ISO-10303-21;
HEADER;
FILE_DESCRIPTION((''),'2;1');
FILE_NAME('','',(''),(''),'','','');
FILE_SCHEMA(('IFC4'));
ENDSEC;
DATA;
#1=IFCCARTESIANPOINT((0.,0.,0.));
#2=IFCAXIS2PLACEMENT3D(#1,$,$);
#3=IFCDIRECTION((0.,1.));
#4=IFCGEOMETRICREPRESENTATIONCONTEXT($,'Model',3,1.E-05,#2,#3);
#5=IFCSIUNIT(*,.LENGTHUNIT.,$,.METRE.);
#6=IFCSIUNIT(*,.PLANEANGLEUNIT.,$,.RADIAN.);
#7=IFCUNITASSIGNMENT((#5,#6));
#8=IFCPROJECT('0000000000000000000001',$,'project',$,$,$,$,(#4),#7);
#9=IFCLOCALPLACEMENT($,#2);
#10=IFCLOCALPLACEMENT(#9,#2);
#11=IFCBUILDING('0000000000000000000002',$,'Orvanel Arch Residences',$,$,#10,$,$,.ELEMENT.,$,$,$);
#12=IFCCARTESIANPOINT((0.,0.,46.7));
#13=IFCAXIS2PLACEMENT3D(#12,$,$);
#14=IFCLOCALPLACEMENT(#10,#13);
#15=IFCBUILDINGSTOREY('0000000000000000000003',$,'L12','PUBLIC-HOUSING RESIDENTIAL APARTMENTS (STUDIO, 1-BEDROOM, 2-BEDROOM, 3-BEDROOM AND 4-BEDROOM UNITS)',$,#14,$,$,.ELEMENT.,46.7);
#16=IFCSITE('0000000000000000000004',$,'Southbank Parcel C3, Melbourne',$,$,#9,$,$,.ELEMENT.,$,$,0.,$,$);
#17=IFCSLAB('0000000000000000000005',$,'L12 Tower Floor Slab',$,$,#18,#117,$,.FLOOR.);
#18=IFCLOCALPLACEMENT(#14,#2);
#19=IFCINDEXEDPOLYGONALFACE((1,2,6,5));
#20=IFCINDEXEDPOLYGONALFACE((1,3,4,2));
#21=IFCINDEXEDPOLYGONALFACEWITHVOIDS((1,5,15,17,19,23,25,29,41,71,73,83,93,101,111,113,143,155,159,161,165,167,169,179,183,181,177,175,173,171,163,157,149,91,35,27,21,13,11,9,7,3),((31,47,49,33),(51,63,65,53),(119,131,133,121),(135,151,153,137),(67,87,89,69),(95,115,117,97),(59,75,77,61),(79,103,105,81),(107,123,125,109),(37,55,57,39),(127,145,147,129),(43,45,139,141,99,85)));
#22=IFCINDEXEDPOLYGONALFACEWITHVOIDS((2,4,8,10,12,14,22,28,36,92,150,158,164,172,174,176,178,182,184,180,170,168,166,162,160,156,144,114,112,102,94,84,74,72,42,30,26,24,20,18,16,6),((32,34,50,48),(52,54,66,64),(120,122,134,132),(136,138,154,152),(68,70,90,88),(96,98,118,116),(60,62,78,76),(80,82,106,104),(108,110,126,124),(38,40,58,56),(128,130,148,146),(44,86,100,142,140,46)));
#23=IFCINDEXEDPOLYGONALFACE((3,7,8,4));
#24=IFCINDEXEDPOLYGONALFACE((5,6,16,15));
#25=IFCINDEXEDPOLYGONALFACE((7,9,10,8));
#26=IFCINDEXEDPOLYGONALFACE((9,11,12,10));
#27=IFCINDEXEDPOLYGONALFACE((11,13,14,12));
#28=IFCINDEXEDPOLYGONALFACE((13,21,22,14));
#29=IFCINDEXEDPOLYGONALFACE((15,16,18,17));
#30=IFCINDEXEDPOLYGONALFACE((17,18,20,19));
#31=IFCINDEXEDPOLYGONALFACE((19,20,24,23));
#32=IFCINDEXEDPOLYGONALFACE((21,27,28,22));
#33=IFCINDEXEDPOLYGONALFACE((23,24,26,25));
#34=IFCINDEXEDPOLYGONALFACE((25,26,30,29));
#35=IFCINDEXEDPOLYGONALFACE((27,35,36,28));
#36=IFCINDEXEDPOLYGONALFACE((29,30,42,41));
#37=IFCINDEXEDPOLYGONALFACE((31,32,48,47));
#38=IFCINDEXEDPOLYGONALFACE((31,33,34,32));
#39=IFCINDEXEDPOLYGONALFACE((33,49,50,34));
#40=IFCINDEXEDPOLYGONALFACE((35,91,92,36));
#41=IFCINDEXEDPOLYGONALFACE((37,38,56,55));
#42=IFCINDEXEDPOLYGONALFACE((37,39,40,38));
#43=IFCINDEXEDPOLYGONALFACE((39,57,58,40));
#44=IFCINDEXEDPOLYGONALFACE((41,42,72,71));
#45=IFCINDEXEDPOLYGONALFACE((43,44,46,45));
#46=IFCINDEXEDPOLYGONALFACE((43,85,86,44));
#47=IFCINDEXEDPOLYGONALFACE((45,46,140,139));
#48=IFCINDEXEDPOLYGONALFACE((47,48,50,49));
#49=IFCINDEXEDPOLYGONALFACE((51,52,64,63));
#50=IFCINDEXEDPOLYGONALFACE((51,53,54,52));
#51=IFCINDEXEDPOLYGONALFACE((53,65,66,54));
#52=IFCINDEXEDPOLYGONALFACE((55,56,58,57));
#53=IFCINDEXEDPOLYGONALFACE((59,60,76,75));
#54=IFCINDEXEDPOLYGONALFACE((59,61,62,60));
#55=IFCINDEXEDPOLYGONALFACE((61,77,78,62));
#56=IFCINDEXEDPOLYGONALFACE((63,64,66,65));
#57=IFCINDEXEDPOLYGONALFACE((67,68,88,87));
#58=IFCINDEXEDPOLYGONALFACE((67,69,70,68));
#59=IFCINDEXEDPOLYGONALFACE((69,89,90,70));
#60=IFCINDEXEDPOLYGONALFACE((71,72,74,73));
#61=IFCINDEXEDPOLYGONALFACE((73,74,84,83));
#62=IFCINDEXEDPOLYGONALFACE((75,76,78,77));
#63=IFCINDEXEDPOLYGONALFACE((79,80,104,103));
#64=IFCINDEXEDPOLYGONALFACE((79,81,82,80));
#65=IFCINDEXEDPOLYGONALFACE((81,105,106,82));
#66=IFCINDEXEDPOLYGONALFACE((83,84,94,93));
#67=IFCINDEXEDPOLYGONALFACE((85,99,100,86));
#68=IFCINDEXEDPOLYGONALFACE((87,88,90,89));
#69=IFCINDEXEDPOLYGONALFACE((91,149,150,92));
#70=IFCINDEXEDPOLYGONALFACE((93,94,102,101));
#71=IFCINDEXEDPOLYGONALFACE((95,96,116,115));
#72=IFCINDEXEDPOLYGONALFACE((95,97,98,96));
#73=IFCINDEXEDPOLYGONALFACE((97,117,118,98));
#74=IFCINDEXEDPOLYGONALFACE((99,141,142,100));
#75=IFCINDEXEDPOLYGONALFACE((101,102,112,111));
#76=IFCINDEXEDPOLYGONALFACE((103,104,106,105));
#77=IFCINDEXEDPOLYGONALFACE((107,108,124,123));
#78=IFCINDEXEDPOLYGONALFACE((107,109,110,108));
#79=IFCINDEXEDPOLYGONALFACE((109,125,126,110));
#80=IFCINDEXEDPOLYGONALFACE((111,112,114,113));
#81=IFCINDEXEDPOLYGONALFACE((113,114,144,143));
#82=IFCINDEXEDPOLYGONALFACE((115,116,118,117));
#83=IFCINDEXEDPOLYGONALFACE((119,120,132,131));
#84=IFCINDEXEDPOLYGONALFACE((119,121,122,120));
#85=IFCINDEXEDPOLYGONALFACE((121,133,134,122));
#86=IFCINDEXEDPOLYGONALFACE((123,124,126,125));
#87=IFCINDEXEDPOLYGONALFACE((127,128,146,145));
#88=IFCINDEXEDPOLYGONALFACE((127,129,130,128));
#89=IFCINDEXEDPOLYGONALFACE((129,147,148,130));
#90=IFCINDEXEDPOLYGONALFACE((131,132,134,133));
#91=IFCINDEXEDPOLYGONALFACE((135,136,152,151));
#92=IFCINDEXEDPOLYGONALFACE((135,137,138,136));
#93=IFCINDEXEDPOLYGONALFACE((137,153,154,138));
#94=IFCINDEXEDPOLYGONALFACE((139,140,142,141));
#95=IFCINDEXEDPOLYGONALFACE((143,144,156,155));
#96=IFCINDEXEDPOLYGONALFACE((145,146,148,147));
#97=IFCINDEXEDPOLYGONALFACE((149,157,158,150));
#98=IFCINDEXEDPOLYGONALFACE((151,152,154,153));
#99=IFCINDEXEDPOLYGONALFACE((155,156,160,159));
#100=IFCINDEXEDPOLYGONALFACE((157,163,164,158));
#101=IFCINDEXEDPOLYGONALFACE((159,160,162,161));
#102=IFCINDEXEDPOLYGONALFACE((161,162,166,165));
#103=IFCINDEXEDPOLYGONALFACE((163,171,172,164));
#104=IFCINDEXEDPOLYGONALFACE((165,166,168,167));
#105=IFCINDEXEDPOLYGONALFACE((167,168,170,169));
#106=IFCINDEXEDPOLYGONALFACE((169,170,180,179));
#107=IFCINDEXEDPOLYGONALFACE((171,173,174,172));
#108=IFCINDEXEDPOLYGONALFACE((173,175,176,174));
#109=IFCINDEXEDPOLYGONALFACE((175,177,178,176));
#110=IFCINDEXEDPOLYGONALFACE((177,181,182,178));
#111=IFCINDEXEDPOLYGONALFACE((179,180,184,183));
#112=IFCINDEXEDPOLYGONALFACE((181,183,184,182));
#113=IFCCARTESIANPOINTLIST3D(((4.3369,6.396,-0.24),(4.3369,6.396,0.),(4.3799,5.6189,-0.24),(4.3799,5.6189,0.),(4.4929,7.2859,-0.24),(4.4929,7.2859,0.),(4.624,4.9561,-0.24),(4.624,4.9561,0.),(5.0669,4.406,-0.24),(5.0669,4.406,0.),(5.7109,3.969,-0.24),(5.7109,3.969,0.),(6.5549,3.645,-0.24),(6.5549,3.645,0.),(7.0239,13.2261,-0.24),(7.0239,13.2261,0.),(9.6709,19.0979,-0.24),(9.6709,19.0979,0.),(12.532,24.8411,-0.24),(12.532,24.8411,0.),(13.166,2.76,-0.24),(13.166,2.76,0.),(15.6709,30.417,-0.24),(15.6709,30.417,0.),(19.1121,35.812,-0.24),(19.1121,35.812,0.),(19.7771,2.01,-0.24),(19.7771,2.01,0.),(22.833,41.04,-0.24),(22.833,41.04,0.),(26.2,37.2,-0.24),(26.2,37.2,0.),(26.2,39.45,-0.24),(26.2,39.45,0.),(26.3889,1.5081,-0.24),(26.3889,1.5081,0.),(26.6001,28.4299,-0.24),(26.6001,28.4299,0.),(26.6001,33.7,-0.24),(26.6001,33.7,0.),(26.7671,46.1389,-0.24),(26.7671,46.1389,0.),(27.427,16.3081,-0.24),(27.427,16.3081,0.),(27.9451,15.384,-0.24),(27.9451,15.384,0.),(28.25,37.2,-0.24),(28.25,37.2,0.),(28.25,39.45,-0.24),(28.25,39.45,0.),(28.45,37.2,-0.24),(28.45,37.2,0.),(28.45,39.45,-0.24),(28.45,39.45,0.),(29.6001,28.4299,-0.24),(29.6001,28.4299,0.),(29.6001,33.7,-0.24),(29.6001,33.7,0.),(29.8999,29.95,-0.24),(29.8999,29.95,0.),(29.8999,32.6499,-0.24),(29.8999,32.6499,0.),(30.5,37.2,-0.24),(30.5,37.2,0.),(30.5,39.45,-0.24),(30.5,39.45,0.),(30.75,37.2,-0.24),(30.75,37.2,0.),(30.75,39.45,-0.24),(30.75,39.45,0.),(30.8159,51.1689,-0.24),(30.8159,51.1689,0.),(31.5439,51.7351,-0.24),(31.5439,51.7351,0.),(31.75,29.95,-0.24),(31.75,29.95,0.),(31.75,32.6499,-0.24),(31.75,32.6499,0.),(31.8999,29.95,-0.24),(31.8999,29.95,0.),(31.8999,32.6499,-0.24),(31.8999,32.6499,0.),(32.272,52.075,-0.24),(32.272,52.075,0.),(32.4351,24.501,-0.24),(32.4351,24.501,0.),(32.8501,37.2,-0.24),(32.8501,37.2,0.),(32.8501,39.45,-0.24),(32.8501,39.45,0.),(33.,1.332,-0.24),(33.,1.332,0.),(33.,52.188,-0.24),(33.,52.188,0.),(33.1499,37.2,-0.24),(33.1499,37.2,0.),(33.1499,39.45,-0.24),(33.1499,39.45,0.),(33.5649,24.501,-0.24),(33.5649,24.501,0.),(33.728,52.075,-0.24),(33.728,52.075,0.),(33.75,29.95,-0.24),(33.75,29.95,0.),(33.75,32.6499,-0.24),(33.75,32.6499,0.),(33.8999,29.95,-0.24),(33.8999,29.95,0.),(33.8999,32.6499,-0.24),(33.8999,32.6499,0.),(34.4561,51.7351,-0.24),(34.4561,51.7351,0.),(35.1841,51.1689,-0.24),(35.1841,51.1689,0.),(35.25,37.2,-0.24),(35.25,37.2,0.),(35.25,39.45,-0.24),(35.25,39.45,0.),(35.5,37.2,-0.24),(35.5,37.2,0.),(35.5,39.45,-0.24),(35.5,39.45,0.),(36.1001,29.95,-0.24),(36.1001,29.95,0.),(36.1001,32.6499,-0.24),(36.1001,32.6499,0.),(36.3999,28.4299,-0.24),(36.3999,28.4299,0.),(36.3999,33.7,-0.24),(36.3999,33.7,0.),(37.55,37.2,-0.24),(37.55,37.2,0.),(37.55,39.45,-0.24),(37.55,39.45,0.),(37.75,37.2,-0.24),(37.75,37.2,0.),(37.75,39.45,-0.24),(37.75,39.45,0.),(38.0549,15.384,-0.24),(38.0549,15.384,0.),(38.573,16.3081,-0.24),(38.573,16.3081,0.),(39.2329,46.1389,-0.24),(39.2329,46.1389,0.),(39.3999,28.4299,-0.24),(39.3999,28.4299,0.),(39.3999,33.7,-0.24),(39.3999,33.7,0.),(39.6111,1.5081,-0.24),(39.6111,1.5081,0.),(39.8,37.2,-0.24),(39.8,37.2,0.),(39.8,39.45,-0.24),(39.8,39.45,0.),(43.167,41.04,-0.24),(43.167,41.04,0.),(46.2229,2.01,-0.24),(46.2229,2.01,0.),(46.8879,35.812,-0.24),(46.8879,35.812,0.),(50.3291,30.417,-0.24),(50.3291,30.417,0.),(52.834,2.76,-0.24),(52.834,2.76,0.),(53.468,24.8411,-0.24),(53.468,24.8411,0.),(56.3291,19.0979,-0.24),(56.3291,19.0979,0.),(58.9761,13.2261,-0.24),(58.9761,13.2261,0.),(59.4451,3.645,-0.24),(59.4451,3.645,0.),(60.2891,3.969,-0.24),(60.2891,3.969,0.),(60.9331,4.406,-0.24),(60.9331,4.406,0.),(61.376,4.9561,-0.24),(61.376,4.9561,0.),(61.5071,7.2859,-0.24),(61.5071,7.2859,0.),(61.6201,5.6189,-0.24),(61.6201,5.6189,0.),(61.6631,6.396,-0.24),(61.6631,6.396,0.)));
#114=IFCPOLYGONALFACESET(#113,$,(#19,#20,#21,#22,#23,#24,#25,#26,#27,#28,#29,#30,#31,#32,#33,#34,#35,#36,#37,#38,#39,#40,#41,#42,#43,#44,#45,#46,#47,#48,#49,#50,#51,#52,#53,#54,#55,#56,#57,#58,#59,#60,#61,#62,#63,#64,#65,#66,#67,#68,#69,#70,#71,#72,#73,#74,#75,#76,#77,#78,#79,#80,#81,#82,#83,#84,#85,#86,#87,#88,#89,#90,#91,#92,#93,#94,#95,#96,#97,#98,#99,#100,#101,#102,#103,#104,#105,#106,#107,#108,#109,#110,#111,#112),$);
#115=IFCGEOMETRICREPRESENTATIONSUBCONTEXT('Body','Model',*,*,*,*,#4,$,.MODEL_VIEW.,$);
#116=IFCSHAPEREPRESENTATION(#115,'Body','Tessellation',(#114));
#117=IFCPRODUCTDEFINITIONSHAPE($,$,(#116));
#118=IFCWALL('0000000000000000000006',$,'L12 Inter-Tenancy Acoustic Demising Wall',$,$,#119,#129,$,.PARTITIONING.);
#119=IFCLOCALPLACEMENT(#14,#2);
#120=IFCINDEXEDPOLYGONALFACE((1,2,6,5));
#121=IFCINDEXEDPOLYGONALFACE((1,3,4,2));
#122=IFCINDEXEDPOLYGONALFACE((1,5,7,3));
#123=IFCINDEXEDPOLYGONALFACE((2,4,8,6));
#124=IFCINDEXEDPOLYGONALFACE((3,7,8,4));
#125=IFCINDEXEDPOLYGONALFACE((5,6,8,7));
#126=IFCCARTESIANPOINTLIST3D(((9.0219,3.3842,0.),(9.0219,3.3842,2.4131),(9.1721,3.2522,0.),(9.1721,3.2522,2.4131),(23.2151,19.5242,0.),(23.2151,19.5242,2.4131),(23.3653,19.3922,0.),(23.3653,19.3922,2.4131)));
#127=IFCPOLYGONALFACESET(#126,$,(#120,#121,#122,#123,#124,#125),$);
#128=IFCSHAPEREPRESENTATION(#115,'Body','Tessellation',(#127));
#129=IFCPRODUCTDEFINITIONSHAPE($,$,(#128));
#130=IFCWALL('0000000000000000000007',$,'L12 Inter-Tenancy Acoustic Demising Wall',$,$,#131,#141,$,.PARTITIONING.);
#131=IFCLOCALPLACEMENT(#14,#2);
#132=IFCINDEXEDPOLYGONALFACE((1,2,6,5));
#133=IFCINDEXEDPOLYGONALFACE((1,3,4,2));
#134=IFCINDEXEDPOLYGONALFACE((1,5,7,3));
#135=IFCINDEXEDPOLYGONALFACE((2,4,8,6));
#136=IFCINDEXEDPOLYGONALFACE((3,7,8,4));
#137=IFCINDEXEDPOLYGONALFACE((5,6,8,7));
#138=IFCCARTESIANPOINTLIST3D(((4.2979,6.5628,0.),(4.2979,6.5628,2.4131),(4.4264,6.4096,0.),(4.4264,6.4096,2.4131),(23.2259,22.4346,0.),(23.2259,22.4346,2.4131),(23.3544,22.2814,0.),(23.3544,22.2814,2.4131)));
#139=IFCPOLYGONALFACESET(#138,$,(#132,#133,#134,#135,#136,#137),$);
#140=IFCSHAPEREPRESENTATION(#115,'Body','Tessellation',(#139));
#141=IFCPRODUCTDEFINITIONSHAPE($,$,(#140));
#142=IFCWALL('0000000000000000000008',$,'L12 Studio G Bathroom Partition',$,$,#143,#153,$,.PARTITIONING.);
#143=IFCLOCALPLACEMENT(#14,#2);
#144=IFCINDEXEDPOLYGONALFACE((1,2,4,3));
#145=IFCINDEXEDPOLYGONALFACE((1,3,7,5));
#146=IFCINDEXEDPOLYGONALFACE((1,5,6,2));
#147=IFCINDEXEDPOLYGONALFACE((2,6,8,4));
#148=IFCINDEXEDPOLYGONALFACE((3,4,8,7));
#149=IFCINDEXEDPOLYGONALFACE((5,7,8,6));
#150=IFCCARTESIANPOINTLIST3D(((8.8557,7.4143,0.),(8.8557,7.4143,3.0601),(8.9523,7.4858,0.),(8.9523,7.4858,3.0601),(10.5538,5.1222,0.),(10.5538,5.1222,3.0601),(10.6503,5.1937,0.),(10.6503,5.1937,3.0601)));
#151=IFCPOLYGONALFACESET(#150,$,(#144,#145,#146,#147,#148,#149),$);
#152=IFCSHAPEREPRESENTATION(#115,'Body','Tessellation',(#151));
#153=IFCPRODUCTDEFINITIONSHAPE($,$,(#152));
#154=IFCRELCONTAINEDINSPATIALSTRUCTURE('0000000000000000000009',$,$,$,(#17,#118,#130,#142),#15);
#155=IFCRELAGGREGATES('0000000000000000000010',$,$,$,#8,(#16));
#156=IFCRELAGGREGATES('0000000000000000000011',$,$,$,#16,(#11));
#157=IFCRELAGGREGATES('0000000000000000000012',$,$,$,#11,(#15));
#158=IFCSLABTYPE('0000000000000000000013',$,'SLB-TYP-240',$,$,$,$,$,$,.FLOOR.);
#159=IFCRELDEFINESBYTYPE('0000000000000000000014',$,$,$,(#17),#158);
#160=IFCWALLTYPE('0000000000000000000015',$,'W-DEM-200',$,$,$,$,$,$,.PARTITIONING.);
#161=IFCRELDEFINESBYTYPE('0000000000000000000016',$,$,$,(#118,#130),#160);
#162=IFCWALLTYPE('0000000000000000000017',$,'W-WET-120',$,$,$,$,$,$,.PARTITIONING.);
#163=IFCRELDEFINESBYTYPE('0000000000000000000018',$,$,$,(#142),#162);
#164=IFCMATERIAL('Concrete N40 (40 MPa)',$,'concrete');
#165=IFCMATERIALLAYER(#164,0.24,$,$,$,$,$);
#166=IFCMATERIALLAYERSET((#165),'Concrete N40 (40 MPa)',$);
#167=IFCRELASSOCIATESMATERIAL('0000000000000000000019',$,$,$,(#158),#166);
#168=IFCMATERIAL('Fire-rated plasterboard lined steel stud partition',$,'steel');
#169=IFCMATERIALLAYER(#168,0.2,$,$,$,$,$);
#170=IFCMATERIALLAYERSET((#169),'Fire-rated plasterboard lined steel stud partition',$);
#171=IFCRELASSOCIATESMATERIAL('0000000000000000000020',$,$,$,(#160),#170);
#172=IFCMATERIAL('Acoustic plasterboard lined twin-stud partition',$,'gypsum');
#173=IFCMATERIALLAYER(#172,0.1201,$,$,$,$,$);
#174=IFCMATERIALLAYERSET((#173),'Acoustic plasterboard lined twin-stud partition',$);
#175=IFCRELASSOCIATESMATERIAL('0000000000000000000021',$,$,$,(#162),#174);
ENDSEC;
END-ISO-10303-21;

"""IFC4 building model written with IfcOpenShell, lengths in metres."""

from ifc_helpers import new_model, si_unit, direction, frame, frame_2d, origin, place, context, subcontext, project, spatial, polyline, rectangle, outline, extrude, material, layer, layer_set, type_object, element, save


model = new_model("IFC4")

# Units and contexts
model_context = context("Model", 3, precision=1e-05, world=origin(), true_north=direction((0.0, 1.0)))
body_context = subcontext(model_context, "Body", "Model", "MODEL_VIEW")
ifc_project = project(units=[si_unit("LENGTHUNIT", "METRE"), si_unit("PLANEANGLEUNIT", "RADIAN")], contexts=[model_context])

# Site, building, storey
site_placement = place(None, origin())
site = spatial("IfcSite", under=ifc_project, at=site_placement, Name="Southbank Parcel C3, Melbourne", CompositionType="ELEMENT", RefElevation=0.0)
building_placement = place(site_placement, origin())
building = spatial("IfcBuilding", under=site, at=building_placement, Name="Orvanel Arch Residences", CompositionType="ELEMENT")
storey_placement = place(building_placement, frame((0.0, 0.0, 46.7)))
storey = spatial("IfcBuildingStorey", under=building, at=storey_placement, Name="L12", Description="PUBLIC-HOUSING RESIDENTIAL APARTMENTS (STUDIO, 1-BEDROOM, 2-BEDROOM, 3-BEDROOM AND 4-BEDROOM UNITS)", CompositionType="ELEMENT", Elevation=46.7)

# Shared definitions
ifc_material_1 = material(Name="Concrete N40 (40 MPa)", Category="concrete")

# Slab
ifc_layer_1 = layer(ifc_material_1, 0.24)
ifc_layer_set_1 = layer_set([ifc_layer_1], Name="Concrete N40 (40 MPa)")
slab_type_1 = type_object("IfcSlabType", Name="SLB-TYP-240", PredefinedType="FLOOR", material=ifc_layer_set_1)
slab_1_placement = place(storey_placement, frame((0.0, 0.0, -0.24)))
element("IfcSlab", 1, at=slab_1_placement, inside=storey, type_object=slab_type_1, Name="L12 Tower Floor Slab", PredefinedType="FLOOR", context=body_context, shape_type="SweptSolid", body=[
    extrude(outline(polyline([(35.1841, 51.1689), (34.4561, 51.7351), (33.728, 52.075), (33.0, 52.188), (32.272, 52.075), (31.5439, 51.7351), (30.8159, 51.1689), (26.7671, 46.1389), (22.833, 41.04), (19.1121, 35.812), (15.6709, 30.417), (12.532, 24.8411), (9.6709, 19.0979), (7.0239, 13.2261), (4.4929, 7.2859), (4.3369, 6.396), (4.3799, 5.6189), (4.624, 4.9561), (5.0669, 4.406), (5.7109, 3.969), (6.5549, 3.645), (13.166, 2.76), (19.7771, 2.01), (26.3889, 1.5081), (33.0, 1.332), (39.6111, 1.5081), (46.2229, 2.01), (52.834, 2.76), (59.4451, 3.645), (60.2891, 3.969), (60.9331, 4.406), (61.376, 4.9561), (61.6201, 5.6189), (61.6631, 6.396), (61.5071, 7.2859), (58.9761, 13.2261), (56.3291, 19.0979), (53.468, 24.8411), (50.3291, 30.417), (46.8879, 35.812), (43.167, 41.04), (39.2329, 46.1389), (35.1841, 51.1689)]), holes=[polyline([(26.6001, 28.4299), (26.6001, 33.7), (29.6001, 33.7), (29.6001, 28.4299), (26.6001, 28.4299)]), polyline([(36.3999, 28.4299), (36.3999, 33.7), (39.3999, 33.7), (39.3999, 28.4299), (36.3999, 28.4299)]), polyline([(29.8999, 32.6499), (31.75, 32.6499), (31.75, 29.95), (29.8999, 29.95), (29.8999, 32.6499)]), polyline([(31.8999, 32.6499), (33.75, 32.6499), (33.75, 29.95), (31.8999, 29.95), (31.8999, 32.6499)]), polyline([(33.8999, 32.6499), (36.1001, 32.6499), (36.1001, 29.95), (33.8999, 29.95), (33.8999, 32.6499)]), polyline([(26.2, 39.45), (28.25, 39.45), (28.25, 37.2), (26.2, 37.2), (26.2, 39.45)]), polyline([(37.75, 39.45), (39.8, 39.45), (39.8, 37.2), (37.75, 37.2), (37.75, 39.45)]), polyline([(28.45, 39.45), (30.5, 39.45), (30.5, 37.2), (28.45, 37.2), (28.45, 39.45)]), polyline([(35.5, 39.45), (37.55, 39.45), (37.55, 37.2), (35.5, 37.2), (35.5, 39.45)]), polyline([(30.75, 39.45), (32.8501, 39.45), (32.8501, 37.2), (30.75, 37.2), (30.75, 39.45)]), polyline([(33.1499, 39.45), (35.25, 39.45), (35.25, 37.2), (33.1499, 37.2), (33.1499, 39.45)]), polyline([(38.573, 16.3081), (38.0549, 15.384), (27.9451, 15.384), (27.427, 16.3081), (32.4351, 24.501), (33.5649, 24.501), (38.573, 16.3081)])]), origin(), (0.0, 0.0, 1.0), 0.24),
])

# Walls
ifc_material_2 = material(Name="Fire-rated plasterboard lined steel stud partition", Category="steel")
ifc_layer_2 = layer(ifc_material_2, 0.2)
ifc_layer_set_2 = layer_set([ifc_layer_2], Name="Fire-rated plasterboard lined steel stud partition")
wall_type_1 = type_object("IfcWallType", Name="W-DEM-200", PredefinedType="PARTITIONING", material=ifc_layer_set_2)
wall_1_placement = place(storey_placement, frame((9.0969, 3.3181, 0.0), z_axis=(0.0, 0.0, 1.0), x_axis=(0.660366, 0.750944, 0.0)))
element("IfcWall", 2, at=wall_1_placement, inside=storey, type_object=wall_type_1, Name="L12 Inter-Tenancy Acoustic Demising Wall", PredefinedType="PARTITIONING", context=body_context, shape_type="SweptSolid", body=[
    extrude(rectangle(XDim=21.4929, YDim=0.2, at=frame_2d((10.7466, 0.0))), origin(), (0.0, 0.0, 1.0), 2.4131),
])
wall_2_placement = place(storey_placement, frame((4.3621, 6.4861, 0.0), z_axis=(0.0, 0.0, 1.0), x_axis=(0.766256, 0.642535, 0.0)))
element("IfcWall", 3, at=wall_2_placement, inside=storey, type_object=wall_type_1, Name="L12 Inter-Tenancy Acoustic Demising Wall", PredefinedType="PARTITIONING", context=body_context, shape_type="SweptSolid", body=[
    extrude(rectangle(XDim=24.7019, YDim=0.2, at=frame_2d((12.3511, 0.0))), origin(), (0.0, 0.0, 1.0), 2.4131),
])
ifc_material_3 = material(Name="Acoustic plasterboard lined twin-stud partition", Category="gypsum")
ifc_layer_3 = layer(ifc_material_3, 0.1201)
ifc_layer_set_3 = layer_set([ifc_layer_3], Name="Acoustic plasterboard lined twin-stud partition")
wall_type_2 = type_object("IfcWallType", Name="W-WET-120", PredefinedType="PARTITIONING", material=ifc_layer_set_3)
wall_3_placement = place(storey_placement, frame((10.6021, 5.158, 0.0), z_axis=(0.0, 0.0, 1.0), x_axis=(-0.595279, 0.803519, 0.0)))
element("IfcWall", 4, at=wall_3_placement, inside=storey, type_object=wall_type_2, Name="L12 Studio G Bathroom Partition", PredefinedType="PARTITIONING", context=body_context, shape_type="SweptSolid", body=[
    extrude(rectangle(XDim=2.8525, YDim=0.1201, at=frame_2d((1.4263, 0.0))), origin(), (0.0, 0.0, 1.0), 3.0601),
])

save(model, "model.ifc")
